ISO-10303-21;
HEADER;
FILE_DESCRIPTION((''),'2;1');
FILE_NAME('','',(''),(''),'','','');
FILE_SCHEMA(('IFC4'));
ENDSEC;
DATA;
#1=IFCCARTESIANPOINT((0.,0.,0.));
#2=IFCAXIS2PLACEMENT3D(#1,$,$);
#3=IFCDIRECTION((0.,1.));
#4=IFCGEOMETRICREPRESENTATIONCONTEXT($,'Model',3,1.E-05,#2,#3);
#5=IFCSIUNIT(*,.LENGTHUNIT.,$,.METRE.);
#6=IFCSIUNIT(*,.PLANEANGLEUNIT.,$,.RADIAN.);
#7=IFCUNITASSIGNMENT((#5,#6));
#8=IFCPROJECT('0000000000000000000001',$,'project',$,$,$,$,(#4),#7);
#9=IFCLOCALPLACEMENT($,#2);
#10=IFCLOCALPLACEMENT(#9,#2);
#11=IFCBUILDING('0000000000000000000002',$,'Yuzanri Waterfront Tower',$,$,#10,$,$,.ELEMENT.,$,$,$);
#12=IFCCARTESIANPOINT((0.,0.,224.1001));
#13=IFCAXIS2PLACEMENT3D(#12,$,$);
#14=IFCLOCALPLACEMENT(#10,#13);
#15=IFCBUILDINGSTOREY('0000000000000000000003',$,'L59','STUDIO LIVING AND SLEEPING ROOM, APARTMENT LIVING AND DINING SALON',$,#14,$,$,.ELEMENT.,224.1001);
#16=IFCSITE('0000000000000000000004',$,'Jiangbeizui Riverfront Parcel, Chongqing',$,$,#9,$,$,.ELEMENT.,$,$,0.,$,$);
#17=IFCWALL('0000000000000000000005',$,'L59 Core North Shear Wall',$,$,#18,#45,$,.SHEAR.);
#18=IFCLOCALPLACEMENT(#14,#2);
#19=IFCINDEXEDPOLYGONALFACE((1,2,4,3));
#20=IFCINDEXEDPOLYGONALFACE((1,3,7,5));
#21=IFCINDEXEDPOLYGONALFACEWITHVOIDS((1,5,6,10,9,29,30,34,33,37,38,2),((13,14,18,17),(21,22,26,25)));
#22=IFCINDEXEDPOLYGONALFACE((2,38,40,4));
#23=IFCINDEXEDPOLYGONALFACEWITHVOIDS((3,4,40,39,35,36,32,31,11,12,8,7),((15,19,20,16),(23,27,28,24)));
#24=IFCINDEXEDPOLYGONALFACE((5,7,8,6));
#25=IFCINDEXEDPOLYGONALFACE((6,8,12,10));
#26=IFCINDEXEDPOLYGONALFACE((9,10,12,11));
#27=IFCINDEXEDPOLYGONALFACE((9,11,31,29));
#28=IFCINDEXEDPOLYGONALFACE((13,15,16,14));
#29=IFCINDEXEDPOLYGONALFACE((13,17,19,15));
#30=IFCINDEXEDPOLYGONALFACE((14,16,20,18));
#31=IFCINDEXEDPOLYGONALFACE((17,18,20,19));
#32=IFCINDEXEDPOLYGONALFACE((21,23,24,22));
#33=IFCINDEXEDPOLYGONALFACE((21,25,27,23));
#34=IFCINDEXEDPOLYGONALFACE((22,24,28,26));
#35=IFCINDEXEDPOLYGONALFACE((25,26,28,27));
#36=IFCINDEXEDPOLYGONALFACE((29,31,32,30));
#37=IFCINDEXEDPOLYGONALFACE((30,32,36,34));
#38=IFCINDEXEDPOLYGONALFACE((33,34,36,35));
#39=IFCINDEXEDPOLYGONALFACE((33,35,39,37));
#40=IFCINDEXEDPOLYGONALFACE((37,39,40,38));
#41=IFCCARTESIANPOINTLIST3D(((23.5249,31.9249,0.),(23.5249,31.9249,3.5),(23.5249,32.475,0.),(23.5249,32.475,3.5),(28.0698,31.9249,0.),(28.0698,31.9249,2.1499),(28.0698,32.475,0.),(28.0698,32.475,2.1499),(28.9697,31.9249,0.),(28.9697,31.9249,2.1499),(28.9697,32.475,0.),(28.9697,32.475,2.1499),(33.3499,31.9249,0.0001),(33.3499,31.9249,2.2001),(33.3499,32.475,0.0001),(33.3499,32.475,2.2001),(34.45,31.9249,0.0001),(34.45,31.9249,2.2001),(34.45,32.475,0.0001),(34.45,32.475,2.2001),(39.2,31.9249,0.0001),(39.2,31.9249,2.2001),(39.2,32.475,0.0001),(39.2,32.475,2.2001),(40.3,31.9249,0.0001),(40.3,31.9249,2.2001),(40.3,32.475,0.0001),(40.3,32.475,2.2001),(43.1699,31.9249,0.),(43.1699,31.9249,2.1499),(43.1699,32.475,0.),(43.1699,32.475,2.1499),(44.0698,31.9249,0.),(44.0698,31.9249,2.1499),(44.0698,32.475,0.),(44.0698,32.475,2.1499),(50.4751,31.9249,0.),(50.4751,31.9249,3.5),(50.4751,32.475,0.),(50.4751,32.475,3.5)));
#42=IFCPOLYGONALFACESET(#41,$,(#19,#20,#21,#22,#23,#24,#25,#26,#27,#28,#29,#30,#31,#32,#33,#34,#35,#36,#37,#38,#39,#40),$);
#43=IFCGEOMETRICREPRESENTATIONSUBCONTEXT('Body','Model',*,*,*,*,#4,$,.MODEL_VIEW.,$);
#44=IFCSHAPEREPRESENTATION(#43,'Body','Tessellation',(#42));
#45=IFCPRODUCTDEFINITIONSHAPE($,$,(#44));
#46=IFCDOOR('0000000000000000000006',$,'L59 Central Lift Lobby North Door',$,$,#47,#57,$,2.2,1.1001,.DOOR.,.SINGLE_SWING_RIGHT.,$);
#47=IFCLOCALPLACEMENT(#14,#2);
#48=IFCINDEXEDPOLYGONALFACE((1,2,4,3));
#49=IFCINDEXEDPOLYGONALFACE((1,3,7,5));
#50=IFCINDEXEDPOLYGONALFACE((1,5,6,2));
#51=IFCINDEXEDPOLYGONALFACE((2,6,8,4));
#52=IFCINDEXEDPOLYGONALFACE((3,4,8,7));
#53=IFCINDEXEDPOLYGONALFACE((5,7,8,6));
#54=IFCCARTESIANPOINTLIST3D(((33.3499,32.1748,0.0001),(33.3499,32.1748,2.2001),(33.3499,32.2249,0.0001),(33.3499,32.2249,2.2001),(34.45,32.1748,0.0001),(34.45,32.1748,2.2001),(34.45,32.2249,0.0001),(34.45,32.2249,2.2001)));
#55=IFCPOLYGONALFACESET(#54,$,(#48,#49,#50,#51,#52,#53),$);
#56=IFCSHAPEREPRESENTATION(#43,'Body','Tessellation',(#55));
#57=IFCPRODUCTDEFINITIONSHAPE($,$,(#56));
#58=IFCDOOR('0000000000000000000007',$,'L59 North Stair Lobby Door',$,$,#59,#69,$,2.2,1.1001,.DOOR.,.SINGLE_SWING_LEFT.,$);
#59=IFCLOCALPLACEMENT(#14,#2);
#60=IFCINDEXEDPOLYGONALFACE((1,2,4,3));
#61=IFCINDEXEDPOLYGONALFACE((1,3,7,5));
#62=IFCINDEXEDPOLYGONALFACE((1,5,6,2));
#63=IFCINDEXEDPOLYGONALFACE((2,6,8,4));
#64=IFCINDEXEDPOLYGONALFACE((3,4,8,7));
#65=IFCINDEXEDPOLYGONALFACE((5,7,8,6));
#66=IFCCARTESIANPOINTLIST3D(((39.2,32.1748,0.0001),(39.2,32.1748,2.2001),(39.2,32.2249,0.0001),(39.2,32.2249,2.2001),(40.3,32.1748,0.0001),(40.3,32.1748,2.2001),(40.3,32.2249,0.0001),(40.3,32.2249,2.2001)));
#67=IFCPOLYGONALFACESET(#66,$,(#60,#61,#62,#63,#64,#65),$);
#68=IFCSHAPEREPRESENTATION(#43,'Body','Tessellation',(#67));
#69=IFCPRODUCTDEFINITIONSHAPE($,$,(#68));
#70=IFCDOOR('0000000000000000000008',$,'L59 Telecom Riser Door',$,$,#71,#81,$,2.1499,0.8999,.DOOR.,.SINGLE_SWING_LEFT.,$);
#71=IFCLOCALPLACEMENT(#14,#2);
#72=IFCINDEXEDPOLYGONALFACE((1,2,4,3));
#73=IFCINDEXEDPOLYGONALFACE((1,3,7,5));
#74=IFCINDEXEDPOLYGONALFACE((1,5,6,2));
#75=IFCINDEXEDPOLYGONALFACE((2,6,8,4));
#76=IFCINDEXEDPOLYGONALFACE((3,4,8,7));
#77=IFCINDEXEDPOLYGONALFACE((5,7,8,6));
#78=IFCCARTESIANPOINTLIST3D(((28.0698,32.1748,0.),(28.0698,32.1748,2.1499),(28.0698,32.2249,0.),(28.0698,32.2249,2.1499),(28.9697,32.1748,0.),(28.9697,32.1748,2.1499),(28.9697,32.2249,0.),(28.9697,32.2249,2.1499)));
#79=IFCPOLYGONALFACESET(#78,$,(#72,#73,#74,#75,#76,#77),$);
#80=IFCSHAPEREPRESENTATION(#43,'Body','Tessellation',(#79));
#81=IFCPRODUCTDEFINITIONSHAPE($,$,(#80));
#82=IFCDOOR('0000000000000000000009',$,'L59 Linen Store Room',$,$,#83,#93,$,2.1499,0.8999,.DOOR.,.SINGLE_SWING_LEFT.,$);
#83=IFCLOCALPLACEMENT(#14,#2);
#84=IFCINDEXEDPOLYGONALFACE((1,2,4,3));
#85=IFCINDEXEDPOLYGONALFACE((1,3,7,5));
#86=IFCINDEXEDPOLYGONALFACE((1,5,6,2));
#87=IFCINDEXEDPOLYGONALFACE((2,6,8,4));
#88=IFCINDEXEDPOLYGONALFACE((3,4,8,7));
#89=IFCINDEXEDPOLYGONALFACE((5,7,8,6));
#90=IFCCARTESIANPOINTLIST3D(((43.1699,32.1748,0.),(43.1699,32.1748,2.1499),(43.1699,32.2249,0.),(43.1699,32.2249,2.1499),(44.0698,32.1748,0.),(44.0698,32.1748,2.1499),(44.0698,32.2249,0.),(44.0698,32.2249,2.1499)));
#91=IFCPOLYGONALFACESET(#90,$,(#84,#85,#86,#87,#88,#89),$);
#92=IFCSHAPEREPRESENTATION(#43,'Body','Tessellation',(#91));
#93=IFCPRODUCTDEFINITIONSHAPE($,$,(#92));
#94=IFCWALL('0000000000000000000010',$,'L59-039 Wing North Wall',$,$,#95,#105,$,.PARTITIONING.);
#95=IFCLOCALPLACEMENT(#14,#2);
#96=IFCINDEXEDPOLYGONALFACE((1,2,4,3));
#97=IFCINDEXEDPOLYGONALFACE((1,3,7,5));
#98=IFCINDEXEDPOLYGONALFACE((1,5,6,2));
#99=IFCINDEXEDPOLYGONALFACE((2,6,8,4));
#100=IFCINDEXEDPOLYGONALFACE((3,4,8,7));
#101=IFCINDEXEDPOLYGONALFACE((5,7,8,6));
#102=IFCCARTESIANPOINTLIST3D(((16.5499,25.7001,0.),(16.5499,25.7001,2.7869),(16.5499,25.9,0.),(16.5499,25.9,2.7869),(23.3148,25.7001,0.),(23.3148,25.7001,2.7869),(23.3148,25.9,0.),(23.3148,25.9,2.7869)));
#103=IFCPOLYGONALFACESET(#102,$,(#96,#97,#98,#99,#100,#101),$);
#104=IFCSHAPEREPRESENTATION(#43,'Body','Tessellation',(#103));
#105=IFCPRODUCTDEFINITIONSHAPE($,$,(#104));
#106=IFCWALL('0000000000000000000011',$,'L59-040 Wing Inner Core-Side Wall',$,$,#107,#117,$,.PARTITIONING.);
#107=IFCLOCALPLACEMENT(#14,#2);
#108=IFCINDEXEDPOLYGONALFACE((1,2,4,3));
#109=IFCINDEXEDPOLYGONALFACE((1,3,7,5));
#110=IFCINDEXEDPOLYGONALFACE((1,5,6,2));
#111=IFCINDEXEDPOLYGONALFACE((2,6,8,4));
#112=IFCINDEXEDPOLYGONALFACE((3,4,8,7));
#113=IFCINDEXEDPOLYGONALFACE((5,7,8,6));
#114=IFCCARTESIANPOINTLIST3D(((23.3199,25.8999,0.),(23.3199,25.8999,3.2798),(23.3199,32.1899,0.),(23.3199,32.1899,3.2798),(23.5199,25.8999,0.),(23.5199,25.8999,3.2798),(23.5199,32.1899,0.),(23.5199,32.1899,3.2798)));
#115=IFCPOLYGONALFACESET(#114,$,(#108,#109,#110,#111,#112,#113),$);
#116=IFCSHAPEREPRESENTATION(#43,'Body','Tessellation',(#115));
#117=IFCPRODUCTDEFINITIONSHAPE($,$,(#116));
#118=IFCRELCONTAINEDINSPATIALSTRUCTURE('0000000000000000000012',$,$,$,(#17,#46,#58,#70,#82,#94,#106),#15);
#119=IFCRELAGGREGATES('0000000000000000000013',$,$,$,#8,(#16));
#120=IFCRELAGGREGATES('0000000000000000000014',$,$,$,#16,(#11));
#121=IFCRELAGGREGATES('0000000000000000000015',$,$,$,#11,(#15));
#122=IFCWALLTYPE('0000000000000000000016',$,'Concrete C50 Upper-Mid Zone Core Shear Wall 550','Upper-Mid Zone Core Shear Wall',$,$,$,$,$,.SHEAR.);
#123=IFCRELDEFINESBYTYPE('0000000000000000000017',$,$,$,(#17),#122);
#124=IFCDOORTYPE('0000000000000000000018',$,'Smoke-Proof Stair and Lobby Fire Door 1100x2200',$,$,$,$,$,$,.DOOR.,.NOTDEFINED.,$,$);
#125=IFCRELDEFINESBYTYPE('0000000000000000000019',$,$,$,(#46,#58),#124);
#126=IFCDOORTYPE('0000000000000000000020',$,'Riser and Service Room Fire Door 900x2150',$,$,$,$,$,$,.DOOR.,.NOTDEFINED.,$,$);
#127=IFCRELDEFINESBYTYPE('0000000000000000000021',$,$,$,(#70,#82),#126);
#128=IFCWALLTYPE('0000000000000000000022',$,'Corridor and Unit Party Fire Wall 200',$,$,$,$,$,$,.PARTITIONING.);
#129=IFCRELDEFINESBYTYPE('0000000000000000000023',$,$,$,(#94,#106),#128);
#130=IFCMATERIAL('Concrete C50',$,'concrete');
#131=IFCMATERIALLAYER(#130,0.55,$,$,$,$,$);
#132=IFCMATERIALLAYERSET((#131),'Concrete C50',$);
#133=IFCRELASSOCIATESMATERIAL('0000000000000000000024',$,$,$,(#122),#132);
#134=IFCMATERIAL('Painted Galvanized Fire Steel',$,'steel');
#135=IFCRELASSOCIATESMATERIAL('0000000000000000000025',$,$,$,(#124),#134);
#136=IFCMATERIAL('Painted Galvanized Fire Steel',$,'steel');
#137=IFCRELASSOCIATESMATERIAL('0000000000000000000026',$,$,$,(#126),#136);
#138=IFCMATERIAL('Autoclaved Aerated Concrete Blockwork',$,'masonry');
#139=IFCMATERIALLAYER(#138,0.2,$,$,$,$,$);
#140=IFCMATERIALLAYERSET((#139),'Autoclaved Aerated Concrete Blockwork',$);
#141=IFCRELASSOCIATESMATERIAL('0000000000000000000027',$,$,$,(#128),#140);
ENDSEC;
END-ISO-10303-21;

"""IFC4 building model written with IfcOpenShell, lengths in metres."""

from ifc_helpers import new_model, si_unit, direction, frame, frame_2d, origin, place, context, subcontext, project, spatial, rectangle, extrude, source, transform, mapped, material, layer, layer_set, type_object, element, fill, save


model = new_model("IFC4")

# Units and contexts
model_context = context("Model", 3, precision=1e-05, world=origin(), true_north=direction((0.0, 1.0)))
body_context = subcontext(model_context, "Body", "Model", "MODEL_VIEW")
ifc_project = project(units=[si_unit("LENGTHUNIT", "METRE"), si_unit("PLANEANGLEUNIT", "RADIAN")], contexts=[model_context])

# Site, building, storey
site_placement = place(None, origin())
site = spatial("IfcSite", under=ifc_project, at=site_placement, Name="Jiangbeizui Riverfront Parcel, Chongqing", CompositionType="ELEMENT", RefElevation=0.0)
building_placement = place(site_placement, origin())
building = spatial("IfcBuilding", under=site, at=building_placement, Name="Yuzanri Waterfront Tower", CompositionType="ELEMENT")
storey_placement = place(building_placement, frame((0.0, 0.0, 224.1001)))
storey = spatial("IfcBuildingStorey", under=building, at=storey_placement, Name="L59", Description="STUDIO LIVING AND SLEEPING ROOM, APARTMENT LIVING AND DINING SALON", CompositionType="ELEMENT", Elevation=224.1001)

# Wall, openings, doors
ifc_material_1 = material(Name="Concrete C50", Category="concrete")
ifc_layer_1 = layer(ifc_material_1, 0.55)
ifc_layer_set_1 = layer_set([ifc_layer_1], Name="Concrete C50")
wall_type_1 = type_object("IfcWallType", Name="Concrete C50 Upper-Mid Zone Core Shear Wall 550", Description="Upper-Mid Zone Core Shear Wall", PredefinedType="SHEAR", material=ifc_layer_set_1)
wall_1_placement = place(storey_placement, frame((23.5249, 32.2, 0.0), z_axis=(0.0, 0.0, 1.0), x_axis=(1.0, 0.0, 0.0)))
wall_1 = element("IfcWall", 1, at=wall_1_placement, inside=storey, type_object=wall_type_1, Name="L59 Core North Shear Wall", PredefinedType="SHEAR", context=body_context, shape_type="SweptSolid", body=[
    extrude(rectangle(XDim=26.9502, YDim=0.55, at=frame_2d((13.4751, 0.0))), origin(), (0.0, 0.0, 1.0), 3.5),
])
opening_1_placement = place(wall_1_placement, frame((4.5449, 0.0, 0.0)))
opening_1 = element("IfcOpeningElement", 2, at=opening_1_placement, cuts=wall_1, PredefinedType="OPENING", context=body_context, shape_type="SweptSolid", body=[
    extrude(rectangle(XDim=0.8999, YDim=2.1499, at=frame_2d((0.45, 1.075))), frame((0.0, 0.29, 0.0), z_axis=(0.0, -1.0, 0.0), x_axis=(1.0, 0.0, 0.0)), (0.0, 0.0, 1.0), 0.5798),
])
opening_2_placement = place(wall_1_placement, frame((9.825, 0.0, 0.0)))
opening_2 = element("IfcOpeningElement", 3, at=opening_2_placement, cuts=wall_1, PredefinedType="OPENING", context=body_context, shape_type="SweptSolid", body=[
    extrude(rectangle(XDim=1.1001, YDim=2.2, at=frame_2d((0.55, 1.1001))), frame((0.0, 0.29, 0.0), z_axis=(0.0, -1.0, 0.0), x_axis=(1.0, 0.0, 0.0)), (0.0, 0.0, 1.0), 0.5798),
])
opening_3_placement = place(wall_1_placement, frame((15.675, 0.0, 0.0)))
opening_3 = element("IfcOpeningElement", 4, at=opening_3_placement, cuts=wall_1, PredefinedType="OPENING", context=body_context, shape_type="SweptSolid", body=[
    extrude(rectangle(XDim=1.1001, YDim=2.2, at=frame_2d((0.55, 1.1001))), frame((0.0, 0.29, 0.0), z_axis=(0.0, -1.0, 0.0), x_axis=(1.0, 0.0, 0.0)), (0.0, 0.0, 1.0), 0.5798),
])
opening_4_placement = place(wall_1_placement, frame((19.645, 0.0, 0.0)))
opening_4 = element("IfcOpeningElement", 5, at=opening_4_placement, cuts=wall_1, PredefinedType="OPENING", context=body_context, shape_type="SweptSolid", body=[
    extrude(rectangle(XDim=0.8999, YDim=2.1499, at=frame_2d((0.45, 1.075))), frame((0.0, 0.29, 0.0), z_axis=(0.0, -1.0, 0.0), x_axis=(1.0, 0.0, 0.0)), (0.0, 0.0, 1.0), 0.5798),
])
ifc_material_2 = material(Name="Painted Galvanized Fire Steel", Category="steel")
door_type_1 = type_object("IfcDoorType", Name="Smoke-Proof Stair and Lobby Fire Door 1100x2200", OperationType="NOTDEFINED", PredefinedType="DOOR", material=ifc_material_2)
shared_shape_1 = source(origin(), body_context, "Body", "SweptSolid", [
    extrude(rectangle(XDim=1.1001, YDim=2.2, at=frame_2d((0.55, 1.1001))), frame((0.0, 0.0249, 0.0), z_axis=(0.0, -1.0, 0.0), x_axis=(1.0, 0.0, 0.0)), (0.0, 0.0, 1.0), 0.05),
])
door_1_placement = place(opening_2_placement, origin())
door_1 = element("IfcDoor", 6, at=door_1_placement, inside=storey, type_object=door_type_1, Name="L59 Central Lift Lobby North Door", OperationType="SINGLE_SWING_RIGHT", OverallHeight=2.2, OverallWidth=1.1001, PredefinedType="DOOR", context=body_context, shape_type="MappedRepresentation", body=[
    mapped(shared_shape_1, transform((0.0, 0.0, 0.0), scale=1.0)),
])
fill(opening_2, door_1)
door_2_placement = place(opening_3_placement, origin())
door_2 = element("IfcDoor", 7, at=door_2_placement, inside=storey, type_object=door_type_1, Name="L59 North Stair Lobby Door", OperationType="SINGLE_SWING_LEFT", OverallHeight=2.2, OverallWidth=1.1001, PredefinedType="DOOR", context=body_context, shape_type="MappedRepresentation", body=[
    mapped(shared_shape_1, transform((0.0, 0.0, 0.0), scale=1.0)),
])
fill(opening_3, door_2)
ifc_material_3 = material(Name="Painted Galvanized Fire Steel", Category="steel")
door_type_2 = type_object("IfcDoorType", Name="Riser and Service Room Fire Door 900x2150", OperationType="NOTDEFINED", PredefinedType="DOOR", material=ifc_material_3)
shared_shape_2 = source(origin(), body_context, "Body", "SweptSolid", [
    extrude(rectangle(XDim=0.8999, YDim=2.1499, at=frame_2d((0.45, 1.075))), frame((0.0, 0.0249, 0.0), z_axis=(0.0, -1.0, 0.0), x_axis=(1.0, 0.0, 0.0)), (0.0, 0.0, 1.0), 0.05),
])
door_3_placement = place(opening_1_placement, origin())
door_3 = element("IfcDoor", 8, at=door_3_placement, inside=storey, type_object=door_type_2, Name="L59 Telecom Riser Door", OperationType="SINGLE_SWING_LEFT", OverallHeight=2.1499, OverallWidth=0.8999, PredefinedType="DOOR", context=body_context, shape_type="MappedRepresentation", body=[
    mapped(shared_shape_2, transform((0.0, 0.0, 0.0), scale=1.0)),
])
fill(opening_1, door_3)
door_4_placement = place(opening_4_placement, origin())
door_4 = element("IfcDoor", 9, at=door_4_placement, inside=storey, type_object=door_type_2, Name="L59 Linen Store Room", OperationType="SINGLE_SWING_LEFT", OverallHeight=2.1499, OverallWidth=0.8999, PredefinedType="DOOR", context=body_context, shape_type="MappedRepresentation", body=[
    mapped(shared_shape_2, transform((0.0, 0.0, 0.0), scale=1.0)),
])
fill(opening_4, door_4)

# Walls
ifc_material_4 = material(Name="Autoclaved Aerated Concrete Blockwork", Category="masonry")
ifc_layer_2 = layer(ifc_material_4, 0.2)
ifc_layer_set_2 = layer_set([ifc_layer_2], Name="Autoclaved Aerated Concrete Blockwork")
wall_type_2 = type_object("IfcWallType", Name="Corridor and Unit Party Fire Wall 200", PredefinedType="PARTITIONING", material=ifc_layer_set_2)
shared_shape_3 = source(origin(), body_context, "Body", "SweptSolid", [
    extrude(rectangle(XDim=6.7649, YDim=0.2, at=frame_2d((3.3823, 0.0))), origin(), (0.0, 0.0, 1.0), 2.7869),
])
wall_2_placement = place(storey_placement, frame((16.55, 25.8, 0.0), z_axis=(0.0, 0.0, 1.0), x_axis=(1.0, 0.0, 0.0)))
element("IfcWall", 10, at=wall_2_placement, inside=storey, type_object=wall_type_2, Name="L59-039 Wing North Wall", PredefinedType="PARTITIONING", context=body_context, shape_type="MappedRepresentation", body=[
    mapped(shared_shape_3, transform((0.0, 0.0, 0.0), scale=1.0)),
])
shared_shape_4 = source(origin(), body_context, "Body", "SweptSolid", [
    extrude(rectangle(XDim=6.29, YDim=0.2, at=frame_2d((3.145, 0.0))), origin(), (0.0, 0.0, 1.0), 3.2798),
])
wall_3_placement = place(storey_placement, frame((23.4199, 25.8999, 0.0), z_axis=(0.0, 0.0, 1.0), x_axis=(0.0, 1.0, 0.0)))
element("IfcWall", 11, at=wall_3_placement, inside=storey, type_object=wall_type_2, Name="L59-040 Wing Inner Core-Side Wall", PredefinedType="PARTITIONING", context=body_context, shape_type="MappedRepresentation", body=[
    mapped(shared_shape_4, transform((0.0, 0.0, 0.0), scale=1.0)),
])

save(model, "model.ifc")
